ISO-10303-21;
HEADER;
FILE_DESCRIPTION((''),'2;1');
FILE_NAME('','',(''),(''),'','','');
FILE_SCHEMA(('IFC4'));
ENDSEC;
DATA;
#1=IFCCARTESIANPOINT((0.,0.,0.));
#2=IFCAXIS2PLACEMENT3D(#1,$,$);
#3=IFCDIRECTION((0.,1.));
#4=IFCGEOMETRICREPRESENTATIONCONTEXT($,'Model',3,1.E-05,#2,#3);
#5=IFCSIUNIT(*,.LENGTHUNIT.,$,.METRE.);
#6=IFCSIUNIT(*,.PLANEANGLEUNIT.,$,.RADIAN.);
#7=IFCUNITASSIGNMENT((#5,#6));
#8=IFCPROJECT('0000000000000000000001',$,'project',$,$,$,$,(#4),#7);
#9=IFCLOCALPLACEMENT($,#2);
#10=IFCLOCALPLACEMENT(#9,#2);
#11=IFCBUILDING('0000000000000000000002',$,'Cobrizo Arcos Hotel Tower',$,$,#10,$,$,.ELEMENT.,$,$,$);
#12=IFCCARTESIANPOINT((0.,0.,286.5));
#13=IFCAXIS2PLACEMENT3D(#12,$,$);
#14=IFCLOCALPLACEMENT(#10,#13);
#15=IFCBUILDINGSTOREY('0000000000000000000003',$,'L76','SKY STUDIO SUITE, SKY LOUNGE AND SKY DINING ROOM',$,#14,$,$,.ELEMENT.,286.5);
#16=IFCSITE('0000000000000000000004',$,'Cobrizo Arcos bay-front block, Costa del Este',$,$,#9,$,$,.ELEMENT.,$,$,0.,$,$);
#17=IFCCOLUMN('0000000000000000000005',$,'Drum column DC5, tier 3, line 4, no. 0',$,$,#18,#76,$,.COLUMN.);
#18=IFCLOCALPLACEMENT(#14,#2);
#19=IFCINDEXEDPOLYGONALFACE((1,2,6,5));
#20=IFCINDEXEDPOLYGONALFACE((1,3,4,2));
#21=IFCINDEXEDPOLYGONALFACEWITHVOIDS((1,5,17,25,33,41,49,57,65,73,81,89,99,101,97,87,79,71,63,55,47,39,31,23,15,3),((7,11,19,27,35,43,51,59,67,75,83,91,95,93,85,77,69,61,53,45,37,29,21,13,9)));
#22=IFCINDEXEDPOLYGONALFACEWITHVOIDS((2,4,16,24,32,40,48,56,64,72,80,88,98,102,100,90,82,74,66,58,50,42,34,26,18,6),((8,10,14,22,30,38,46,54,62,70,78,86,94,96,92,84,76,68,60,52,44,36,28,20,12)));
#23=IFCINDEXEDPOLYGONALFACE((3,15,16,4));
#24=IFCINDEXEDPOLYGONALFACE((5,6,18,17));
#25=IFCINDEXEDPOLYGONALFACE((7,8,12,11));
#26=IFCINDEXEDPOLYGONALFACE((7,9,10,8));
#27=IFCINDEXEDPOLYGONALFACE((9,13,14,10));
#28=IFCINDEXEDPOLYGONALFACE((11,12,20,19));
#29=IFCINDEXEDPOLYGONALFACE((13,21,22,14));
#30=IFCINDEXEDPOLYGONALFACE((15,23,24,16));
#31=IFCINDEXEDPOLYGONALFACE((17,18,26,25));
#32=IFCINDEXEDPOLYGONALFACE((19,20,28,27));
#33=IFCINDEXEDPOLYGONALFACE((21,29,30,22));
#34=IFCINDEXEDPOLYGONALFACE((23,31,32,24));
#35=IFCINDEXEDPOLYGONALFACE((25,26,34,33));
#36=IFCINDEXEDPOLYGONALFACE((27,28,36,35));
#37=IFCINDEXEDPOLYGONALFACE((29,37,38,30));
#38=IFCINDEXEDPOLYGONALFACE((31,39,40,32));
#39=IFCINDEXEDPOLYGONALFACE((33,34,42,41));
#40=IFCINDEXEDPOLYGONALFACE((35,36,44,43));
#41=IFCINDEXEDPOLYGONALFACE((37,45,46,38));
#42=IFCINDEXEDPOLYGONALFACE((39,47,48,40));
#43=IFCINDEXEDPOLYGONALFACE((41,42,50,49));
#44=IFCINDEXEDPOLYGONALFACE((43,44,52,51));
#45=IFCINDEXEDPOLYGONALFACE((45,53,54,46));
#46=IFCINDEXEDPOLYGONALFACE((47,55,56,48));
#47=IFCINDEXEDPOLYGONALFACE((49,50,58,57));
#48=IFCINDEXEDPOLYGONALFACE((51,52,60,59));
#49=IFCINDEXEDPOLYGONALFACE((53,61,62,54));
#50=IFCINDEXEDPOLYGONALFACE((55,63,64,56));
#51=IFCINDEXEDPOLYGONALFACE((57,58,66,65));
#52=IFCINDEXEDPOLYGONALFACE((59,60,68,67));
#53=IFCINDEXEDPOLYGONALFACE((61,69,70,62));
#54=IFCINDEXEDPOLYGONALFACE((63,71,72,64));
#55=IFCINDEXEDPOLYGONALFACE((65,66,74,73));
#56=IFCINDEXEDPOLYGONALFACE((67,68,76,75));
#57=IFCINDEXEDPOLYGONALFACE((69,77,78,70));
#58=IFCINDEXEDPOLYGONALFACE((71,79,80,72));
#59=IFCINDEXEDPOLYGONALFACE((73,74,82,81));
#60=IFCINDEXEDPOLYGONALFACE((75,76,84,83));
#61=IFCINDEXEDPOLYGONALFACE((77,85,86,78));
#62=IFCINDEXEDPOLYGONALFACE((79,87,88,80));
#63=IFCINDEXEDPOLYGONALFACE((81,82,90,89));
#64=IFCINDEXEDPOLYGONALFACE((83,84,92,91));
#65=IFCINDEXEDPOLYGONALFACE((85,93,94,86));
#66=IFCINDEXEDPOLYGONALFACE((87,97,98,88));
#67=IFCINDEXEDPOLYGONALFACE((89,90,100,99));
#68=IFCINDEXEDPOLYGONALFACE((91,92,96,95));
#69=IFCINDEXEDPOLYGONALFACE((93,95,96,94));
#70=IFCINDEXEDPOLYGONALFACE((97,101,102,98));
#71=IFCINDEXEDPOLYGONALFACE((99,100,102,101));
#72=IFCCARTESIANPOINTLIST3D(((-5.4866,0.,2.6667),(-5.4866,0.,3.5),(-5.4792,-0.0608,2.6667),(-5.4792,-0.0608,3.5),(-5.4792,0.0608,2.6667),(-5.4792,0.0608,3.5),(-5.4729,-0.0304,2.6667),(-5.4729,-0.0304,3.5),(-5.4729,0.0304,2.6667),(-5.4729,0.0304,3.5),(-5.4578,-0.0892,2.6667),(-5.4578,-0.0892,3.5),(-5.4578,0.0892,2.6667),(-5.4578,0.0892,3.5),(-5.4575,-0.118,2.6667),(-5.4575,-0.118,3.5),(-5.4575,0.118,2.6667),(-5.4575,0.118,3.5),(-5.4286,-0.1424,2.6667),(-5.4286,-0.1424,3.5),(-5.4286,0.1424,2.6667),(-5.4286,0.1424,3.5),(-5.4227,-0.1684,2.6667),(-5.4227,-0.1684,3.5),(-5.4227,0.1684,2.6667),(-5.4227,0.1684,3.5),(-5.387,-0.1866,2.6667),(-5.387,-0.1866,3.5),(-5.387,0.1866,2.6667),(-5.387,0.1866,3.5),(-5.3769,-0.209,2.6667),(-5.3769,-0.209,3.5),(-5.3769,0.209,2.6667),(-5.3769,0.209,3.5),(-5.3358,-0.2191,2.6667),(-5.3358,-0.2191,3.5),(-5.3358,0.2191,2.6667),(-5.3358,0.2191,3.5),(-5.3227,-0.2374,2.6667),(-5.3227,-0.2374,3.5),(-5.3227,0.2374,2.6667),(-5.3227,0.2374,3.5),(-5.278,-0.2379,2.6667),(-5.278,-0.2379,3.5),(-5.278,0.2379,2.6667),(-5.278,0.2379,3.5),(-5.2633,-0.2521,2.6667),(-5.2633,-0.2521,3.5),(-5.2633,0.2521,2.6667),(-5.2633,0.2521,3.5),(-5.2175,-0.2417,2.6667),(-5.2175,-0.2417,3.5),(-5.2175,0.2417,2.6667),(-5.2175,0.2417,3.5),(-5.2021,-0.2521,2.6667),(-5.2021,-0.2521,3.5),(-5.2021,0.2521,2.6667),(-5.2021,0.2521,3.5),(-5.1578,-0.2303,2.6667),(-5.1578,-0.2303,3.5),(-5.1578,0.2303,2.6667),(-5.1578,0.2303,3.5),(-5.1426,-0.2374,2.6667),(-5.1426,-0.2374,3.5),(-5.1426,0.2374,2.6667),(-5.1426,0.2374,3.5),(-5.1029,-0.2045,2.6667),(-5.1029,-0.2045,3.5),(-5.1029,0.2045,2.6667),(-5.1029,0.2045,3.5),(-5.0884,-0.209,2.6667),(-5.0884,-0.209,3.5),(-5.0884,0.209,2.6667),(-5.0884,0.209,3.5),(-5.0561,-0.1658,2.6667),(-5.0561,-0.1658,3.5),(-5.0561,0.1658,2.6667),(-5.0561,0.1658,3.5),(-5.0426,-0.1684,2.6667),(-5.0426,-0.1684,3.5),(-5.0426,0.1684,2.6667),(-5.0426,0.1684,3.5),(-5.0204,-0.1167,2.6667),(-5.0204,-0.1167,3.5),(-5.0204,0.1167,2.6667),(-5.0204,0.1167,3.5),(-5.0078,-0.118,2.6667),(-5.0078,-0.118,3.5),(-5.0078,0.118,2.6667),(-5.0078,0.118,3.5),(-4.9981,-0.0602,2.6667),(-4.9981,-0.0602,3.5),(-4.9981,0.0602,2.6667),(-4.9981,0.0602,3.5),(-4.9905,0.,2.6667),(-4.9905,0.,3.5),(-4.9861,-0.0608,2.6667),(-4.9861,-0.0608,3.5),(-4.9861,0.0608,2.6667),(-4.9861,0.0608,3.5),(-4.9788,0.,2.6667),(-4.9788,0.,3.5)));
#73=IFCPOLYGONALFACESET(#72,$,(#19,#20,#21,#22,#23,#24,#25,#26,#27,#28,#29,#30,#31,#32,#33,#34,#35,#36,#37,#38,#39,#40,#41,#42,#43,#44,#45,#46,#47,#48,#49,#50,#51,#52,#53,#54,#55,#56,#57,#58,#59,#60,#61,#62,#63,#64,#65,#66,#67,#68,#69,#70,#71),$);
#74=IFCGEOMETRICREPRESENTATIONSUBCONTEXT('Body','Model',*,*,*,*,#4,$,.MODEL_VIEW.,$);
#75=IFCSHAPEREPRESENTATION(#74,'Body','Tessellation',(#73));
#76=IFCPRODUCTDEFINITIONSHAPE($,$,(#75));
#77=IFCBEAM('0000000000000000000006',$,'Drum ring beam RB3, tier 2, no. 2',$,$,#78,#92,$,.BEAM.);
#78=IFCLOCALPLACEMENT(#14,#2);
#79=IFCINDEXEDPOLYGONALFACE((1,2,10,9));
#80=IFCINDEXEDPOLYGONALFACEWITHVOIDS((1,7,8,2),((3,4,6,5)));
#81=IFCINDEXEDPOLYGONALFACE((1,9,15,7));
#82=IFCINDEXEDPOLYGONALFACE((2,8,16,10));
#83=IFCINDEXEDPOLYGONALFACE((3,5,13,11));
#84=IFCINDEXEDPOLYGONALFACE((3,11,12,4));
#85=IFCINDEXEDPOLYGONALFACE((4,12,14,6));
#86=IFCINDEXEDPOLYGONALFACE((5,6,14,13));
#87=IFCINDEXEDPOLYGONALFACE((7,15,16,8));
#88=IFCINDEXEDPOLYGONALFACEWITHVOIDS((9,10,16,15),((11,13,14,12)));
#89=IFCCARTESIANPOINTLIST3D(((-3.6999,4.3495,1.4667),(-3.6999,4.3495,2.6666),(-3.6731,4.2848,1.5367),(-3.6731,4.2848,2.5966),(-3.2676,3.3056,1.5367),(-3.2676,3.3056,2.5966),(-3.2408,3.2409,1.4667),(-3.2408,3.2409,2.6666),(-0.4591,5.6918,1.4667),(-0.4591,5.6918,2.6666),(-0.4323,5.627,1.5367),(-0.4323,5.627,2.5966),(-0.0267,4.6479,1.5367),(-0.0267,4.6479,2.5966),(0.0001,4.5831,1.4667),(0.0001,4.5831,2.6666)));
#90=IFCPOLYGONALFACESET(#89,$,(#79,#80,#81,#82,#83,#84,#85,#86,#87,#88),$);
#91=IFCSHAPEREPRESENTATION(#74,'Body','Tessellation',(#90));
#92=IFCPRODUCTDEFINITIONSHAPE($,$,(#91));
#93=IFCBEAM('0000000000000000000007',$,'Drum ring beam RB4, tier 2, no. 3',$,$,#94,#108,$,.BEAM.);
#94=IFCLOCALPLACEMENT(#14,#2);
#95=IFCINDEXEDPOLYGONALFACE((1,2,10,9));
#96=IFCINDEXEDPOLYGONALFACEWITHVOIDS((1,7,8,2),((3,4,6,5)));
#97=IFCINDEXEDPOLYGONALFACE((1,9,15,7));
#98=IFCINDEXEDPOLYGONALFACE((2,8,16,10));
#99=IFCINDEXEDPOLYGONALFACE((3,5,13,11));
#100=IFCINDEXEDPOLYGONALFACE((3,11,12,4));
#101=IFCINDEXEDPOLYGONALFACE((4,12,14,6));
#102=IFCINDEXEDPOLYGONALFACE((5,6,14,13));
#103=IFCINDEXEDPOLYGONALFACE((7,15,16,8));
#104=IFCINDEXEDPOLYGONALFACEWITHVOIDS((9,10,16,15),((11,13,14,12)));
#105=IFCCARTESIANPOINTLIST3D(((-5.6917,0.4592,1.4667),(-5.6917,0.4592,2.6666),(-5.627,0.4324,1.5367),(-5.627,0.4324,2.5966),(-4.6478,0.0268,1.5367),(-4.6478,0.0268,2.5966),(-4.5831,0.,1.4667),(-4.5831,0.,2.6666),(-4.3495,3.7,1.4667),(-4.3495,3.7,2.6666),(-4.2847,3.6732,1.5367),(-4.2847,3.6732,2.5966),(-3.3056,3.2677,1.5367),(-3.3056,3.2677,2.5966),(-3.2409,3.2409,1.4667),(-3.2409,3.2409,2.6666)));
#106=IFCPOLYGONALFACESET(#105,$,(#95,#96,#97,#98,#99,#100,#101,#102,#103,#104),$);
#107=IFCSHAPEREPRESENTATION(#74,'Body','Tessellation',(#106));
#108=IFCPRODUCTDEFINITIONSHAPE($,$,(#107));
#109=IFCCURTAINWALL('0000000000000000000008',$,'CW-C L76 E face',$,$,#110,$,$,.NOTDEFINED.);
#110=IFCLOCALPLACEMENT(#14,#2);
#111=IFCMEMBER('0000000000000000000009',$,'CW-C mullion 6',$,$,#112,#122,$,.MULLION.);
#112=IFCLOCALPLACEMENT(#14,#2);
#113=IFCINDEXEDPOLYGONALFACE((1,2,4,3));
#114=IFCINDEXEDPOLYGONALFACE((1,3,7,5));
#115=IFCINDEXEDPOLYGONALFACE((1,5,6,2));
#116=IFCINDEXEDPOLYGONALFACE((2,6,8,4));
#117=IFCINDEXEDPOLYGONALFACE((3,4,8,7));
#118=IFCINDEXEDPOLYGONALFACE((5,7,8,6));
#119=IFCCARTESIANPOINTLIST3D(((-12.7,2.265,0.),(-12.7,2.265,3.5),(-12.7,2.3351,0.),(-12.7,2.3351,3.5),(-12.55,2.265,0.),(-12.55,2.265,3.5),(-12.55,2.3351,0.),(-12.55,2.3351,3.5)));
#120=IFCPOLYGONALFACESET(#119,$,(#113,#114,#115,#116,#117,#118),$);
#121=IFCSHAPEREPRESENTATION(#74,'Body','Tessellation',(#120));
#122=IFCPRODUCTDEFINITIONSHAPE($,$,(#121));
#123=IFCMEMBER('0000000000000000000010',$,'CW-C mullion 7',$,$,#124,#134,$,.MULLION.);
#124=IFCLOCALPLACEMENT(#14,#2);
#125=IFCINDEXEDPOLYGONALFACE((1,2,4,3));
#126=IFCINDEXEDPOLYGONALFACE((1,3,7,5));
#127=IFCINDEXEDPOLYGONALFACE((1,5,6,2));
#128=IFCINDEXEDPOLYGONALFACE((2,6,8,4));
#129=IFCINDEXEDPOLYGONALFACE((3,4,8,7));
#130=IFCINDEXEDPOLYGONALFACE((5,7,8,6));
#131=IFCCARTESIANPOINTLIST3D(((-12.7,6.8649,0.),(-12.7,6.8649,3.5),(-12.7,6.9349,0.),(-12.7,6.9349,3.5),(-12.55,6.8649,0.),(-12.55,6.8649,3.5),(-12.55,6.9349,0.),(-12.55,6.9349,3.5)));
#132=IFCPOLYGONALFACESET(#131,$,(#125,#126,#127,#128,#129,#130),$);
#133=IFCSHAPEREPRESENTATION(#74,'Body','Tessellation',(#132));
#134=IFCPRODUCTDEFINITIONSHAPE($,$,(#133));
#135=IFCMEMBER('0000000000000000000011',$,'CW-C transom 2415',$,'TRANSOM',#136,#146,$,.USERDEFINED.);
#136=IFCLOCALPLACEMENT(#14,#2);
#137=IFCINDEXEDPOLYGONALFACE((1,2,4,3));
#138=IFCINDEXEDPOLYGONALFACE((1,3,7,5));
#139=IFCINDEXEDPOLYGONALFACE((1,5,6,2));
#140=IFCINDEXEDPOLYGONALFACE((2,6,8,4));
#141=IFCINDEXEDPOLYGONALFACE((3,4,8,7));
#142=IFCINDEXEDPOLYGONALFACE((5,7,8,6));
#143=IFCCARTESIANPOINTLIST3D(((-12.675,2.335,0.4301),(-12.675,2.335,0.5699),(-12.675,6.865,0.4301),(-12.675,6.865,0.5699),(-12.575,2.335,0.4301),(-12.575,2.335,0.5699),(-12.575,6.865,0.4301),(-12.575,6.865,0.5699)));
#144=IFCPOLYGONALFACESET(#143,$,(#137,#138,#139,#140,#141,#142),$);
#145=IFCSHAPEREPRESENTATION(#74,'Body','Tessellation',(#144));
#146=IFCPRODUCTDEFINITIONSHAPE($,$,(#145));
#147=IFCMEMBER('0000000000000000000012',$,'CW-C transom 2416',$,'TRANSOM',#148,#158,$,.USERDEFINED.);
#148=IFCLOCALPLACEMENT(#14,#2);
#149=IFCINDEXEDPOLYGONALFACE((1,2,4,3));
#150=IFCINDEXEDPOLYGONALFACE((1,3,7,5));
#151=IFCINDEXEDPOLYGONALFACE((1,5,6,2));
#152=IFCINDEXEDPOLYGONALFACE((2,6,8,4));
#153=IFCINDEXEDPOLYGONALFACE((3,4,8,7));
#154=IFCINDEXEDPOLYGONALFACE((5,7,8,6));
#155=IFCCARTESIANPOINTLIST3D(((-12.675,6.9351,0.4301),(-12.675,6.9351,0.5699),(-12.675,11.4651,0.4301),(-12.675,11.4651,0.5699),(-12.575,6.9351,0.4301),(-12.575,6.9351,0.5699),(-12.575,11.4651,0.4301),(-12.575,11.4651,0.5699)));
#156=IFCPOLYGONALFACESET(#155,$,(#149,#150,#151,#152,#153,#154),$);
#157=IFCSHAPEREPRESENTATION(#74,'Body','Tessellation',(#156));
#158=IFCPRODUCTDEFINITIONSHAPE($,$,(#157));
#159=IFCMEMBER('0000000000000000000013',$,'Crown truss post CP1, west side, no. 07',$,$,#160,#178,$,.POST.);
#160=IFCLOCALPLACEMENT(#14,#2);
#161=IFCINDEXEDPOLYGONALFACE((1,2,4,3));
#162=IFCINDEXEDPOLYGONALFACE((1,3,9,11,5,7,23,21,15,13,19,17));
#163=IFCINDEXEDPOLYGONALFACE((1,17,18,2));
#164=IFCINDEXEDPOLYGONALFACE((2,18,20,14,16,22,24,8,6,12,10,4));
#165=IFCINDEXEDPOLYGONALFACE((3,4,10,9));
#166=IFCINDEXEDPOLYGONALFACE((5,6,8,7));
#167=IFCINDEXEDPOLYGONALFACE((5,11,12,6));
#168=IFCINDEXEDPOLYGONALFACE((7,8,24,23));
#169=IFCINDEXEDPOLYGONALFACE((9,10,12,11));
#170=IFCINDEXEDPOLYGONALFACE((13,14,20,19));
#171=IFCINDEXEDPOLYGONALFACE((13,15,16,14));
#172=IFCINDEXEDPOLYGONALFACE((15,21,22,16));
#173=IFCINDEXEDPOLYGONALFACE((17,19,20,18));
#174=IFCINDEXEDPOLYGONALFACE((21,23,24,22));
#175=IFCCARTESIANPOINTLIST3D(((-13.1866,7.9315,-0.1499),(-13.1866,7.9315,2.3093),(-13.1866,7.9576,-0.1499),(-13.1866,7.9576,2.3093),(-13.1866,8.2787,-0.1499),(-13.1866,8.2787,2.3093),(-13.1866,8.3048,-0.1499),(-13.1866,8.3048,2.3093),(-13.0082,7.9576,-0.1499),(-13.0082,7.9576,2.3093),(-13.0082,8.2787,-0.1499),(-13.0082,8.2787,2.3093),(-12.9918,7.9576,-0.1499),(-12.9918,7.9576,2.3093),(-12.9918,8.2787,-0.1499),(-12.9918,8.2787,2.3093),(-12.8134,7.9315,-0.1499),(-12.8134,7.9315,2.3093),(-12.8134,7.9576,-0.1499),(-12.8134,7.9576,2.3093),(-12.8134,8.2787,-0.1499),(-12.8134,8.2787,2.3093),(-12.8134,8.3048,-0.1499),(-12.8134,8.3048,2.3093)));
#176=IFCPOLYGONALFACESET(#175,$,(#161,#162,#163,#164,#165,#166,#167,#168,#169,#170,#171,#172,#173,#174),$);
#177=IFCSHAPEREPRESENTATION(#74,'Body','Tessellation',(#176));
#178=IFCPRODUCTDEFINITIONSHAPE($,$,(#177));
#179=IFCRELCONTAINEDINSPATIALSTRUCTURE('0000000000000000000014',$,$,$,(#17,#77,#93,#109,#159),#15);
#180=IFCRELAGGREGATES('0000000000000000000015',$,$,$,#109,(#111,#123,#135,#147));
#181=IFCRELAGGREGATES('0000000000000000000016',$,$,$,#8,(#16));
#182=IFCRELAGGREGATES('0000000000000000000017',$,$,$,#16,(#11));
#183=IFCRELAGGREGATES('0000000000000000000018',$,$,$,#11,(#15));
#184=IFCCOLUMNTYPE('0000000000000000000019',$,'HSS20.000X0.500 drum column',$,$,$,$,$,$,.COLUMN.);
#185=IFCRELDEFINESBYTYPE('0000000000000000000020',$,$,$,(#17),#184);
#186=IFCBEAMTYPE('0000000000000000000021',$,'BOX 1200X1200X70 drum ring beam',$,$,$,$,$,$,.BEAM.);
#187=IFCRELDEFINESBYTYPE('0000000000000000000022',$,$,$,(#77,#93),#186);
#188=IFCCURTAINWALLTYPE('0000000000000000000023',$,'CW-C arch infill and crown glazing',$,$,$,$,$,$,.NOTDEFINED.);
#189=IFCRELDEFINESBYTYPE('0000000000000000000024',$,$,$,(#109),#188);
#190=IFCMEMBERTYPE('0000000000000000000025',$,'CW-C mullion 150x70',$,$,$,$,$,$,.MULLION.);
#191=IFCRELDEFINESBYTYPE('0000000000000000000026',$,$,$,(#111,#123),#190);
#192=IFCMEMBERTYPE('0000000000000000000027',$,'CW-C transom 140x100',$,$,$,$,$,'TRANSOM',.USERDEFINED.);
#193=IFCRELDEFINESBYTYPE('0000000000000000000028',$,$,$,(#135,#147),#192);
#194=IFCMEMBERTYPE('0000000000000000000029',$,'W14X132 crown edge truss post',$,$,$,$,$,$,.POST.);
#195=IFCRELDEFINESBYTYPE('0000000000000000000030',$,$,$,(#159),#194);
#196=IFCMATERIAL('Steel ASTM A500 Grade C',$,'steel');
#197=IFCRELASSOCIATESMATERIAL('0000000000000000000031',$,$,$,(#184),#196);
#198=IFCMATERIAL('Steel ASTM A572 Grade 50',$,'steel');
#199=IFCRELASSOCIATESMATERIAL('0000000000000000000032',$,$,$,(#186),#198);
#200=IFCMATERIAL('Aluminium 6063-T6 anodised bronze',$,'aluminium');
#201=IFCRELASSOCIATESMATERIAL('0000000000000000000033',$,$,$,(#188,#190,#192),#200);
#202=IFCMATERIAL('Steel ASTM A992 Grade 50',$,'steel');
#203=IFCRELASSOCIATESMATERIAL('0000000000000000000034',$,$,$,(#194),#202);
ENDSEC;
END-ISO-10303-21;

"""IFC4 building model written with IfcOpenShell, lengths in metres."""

from ifc_helpers import new_model, si_unit, direction, frame, origin, origin_2d, place, context, subcontext, project, spatial, rectangle, hollow_rectangle, hollow_circle, i_section, extrude, material, material_profile, profile_set, type_object, element, aggregate, save


model = new_model("IFC4")

# Units and contexts
model_context = context("Model", 3, precision=1e-05, world=origin(), true_north=direction((0.0, 1.0)))
body_context = subcontext(model_context, "Body", "Model", "MODEL_VIEW")
ifc_project = project(units=[si_unit("LENGTHUNIT", "METRE"), si_unit("PLANEANGLEUNIT", "RADIAN")], contexts=[model_context])

# Site, building, storey
site_placement = place(None, origin())
site = spatial("IfcSite", under=ifc_project, at=site_placement, Name="Cobrizo Arcos bay-front block, Costa del Este", CompositionType="ELEMENT", RefElevation=0.0)
building_placement = place(site_placement, origin())
building = spatial("IfcBuilding", under=site, at=building_placement, Name="Cobrizo Arcos Hotel Tower", CompositionType="ELEMENT")
storey_placement = place(building_placement, frame((0.0, 0.0, 286.5)))
storey = spatial("IfcBuildingStorey", under=building, at=storey_placement, Name="L76", Description="SKY STUDIO SUITE, SKY LOUNGE AND SKY DINING ROOM", CompositionType="ELEMENT", Elevation=286.5)

# Column
ifc_material_1 = material(Name="Steel ASTM A500 Grade C", Category="steel")
ifc_material_profile_1 = material_profile(ifc_material_1, hollow_circle(Radius=0.2539, WallThickness=0.0117, at=origin_2d()), Name="HSS20.000X0.500")
ifc_profile_set_1 = profile_set([ifc_material_profile_1], Name="Steel ASTM A500 Grade C")
column_type = type_object("IfcColumnType", Name="HSS20.000X0.500 drum column", PredefinedType="COLUMN", material=ifc_profile_set_1)
for number, where, z_axis, x_axis, name in (
    (1, (-5.2327, 0.0, 2.6667), (0.0, 0.0, 1.0), (1.0, 0.0, 0.0), "Drum column DC5, tier 3, line 4, no. 0"),
):
    element("IfcColumn", number, at=place(storey_placement, frame(where, z_axis=z_axis, x_axis=x_axis)), inside=storey, type_object=column_type, Name=name, PredefinedType="COLUMN", context=body_context, shape_type="SweptSolid", body=[
        extrude(hollow_circle(Radius=0.2539, WallThickness=0.0117, at=origin_2d()), origin(), (0.0, 0.0, 1.0), 0.8333),
    ])

# Beams
ifc_material_2 = material(Name="Steel ASTM A572 Grade 50", Category="steel")
ifc_material_profile_2 = material_profile(ifc_material_2, hollow_rectangle(XDim=1.2, YDim=1.2, WallThickness=0.0701, at=origin_2d()), Name="BOX 1200X1200X70")
ifc_profile_set_2 = profile_set([ifc_material_profile_2], Name="Steel ASTM A572 Grade 50")
beam_type = type_object("IfcBeamType", Name="BOX 1200X1200X70 drum ring beam", PredefinedType="BEAM", material=ifc_profile_set_2)
for number, where, z_axis, x_axis, name in (
    (2, (-0.2295, 5.1375, 2.0667), (-0.923896, -0.382643, 0.0), (0.382643, -0.923896, 0.0), "Drum ring beam RB3, tier 2, no. 2"),
    (3, (-3.7952, 3.4705, 2.0667), (-0.382643, -0.923896, 0.0), (0.923896, -0.382643, 0.0), "Drum ring beam RB4, tier 2, no. 3"),
):
    element("IfcBeam", number, at=place(storey_placement, frame(where, z_axis=z_axis, x_axis=x_axis)), inside=storey, type_object=beam_type, Name=name, PredefinedType="BEAM", context=body_context, shape_type="SweptSolid", body=[
        extrude(hollow_rectangle(XDim=1.2, YDim=1.2, WallThickness=0.0701, at=origin_2d()), origin(), (0.0, 0.0, 1.0), 3.5078),
    ])

# Curtain wall, members
ifc_material_3 = material(Name="Aluminium 6063-T6 anodised bronze", Category="aluminium")
curtain_wall_type = type_object("IfcCurtainWallType", Name="CW-C arch infill and crown glazing", PredefinedType="NOTDEFINED", material=ifc_material_3)
curtain_wall_placement = place(storey_placement, origin())
curtain_wall = element("IfcCurtainWall", 4, at=curtain_wall_placement, inside=storey, type_object=curtain_wall_type, Name="CW-C L76 E face", PredefinedType="NOTDEFINED")
ifc_material_profile_3 = material_profile(ifc_material_3, rectangle(XDim=0.1499, YDim=0.0701, at=origin_2d()), Name="CW-C mullion 150x70")
ifc_profile_set_3 = profile_set([ifc_material_profile_3], Name="Aluminium 6063-T6 anodised bronze")
member_type_1 = type_object("IfcMemberType", Name="CW-C mullion 150x70", PredefinedType="MULLION", material=ifc_profile_set_3)
member_1_placement = place(storey_placement, frame((-12.625, 2.3, 0.0), z_axis=(0.0, 0.0, 1.0), x_axis=(1.0, 0.0, 0.0)))
member_1 = element("IfcMember", 5, at=member_1_placement, type_object=member_type_1, Name="CW-C mullion 6", PredefinedType="MULLION", context=body_context, shape_type="SweptSolid", body=[
    extrude(rectangle(XDim=0.1499, YDim=0.0701, at=origin_2d()), origin(), (0.0, 0.0, 1.0), 3.5),
])
member_2_placement = place(storey_placement, frame((-12.625, 6.8999, 0.0), z_axis=(0.0, 0.0, 1.0), x_axis=(1.0, 0.0, 0.0)))
member_2 = element("IfcMember", 6, at=member_2_placement, type_object=member_type_1, Name="CW-C mullion 7", PredefinedType="MULLION", context=body_context, shape_type="SweptSolid", body=[
    extrude(rectangle(XDim=0.1499, YDim=0.0701, at=origin_2d()), origin(), (0.0, 0.0, 1.0), 3.5),
])
ifc_material_profile_4 = material_profile(ifc_material_3, rectangle(XDim=0.1001, YDim=0.1399, at=origin_2d()), Name="CW-C transom 140x100")
ifc_profile_set_4 = profile_set([ifc_material_profile_4], Name="Aluminium 6063-T6 anodised bronze")
member_type_2 = type_object("IfcMemberType", Name="CW-C transom 140x100", ElementType="TRANSOM", PredefinedType="USERDEFINED", material=ifc_profile_set_4)
member_3_placement = place(storey_placement, frame((-12.625, 2.335, 0.5), z_axis=(0.0, 1.0, 0.0), x_axis=(-1.0, 0.0, 0.0)))
member_3 = element("IfcMember", 7, at=member_3_placement, type_object=member_type_2, Name="CW-C transom 2415", ObjectType="TRANSOM", PredefinedType="USERDEFINED", context=body_context, shape_type="SweptSolid", body=[
    extrude(rectangle(XDim=0.1001, YDim=0.1399, at=origin_2d()), origin(), (0.0, 0.0, 1.0), 4.53),
])
member_4_placement = place(storey_placement, frame((-12.625, 6.9351, 0.5), z_axis=(0.0, 1.0, 0.0), x_axis=(-1.0, 0.0, 0.0)))
member_4 = element("IfcMember", 8, at=member_4_placement, type_object=member_type_2, Name="CW-C transom 2416", ObjectType="TRANSOM", PredefinedType="USERDEFINED", context=body_context, shape_type="SweptSolid", body=[
    extrude(rectangle(XDim=0.1001, YDim=0.1399, at=origin_2d()), origin(), (0.0, 0.0, 1.0), 4.53),
])

# Member
ifc_material_4 = material(Name="Steel ASTM A992 Grade 50", Category="steel")
ifc_material_profile_5 = material_profile(ifc_material_4, i_section(OverallWidth=0.3733, OverallDepth=0.3733, WebThickness=0.0164, FlangeThickness=0.0261, at=origin_2d()), Name="W14X132")
ifc_profile_set_5 = profile_set([ifc_material_profile_5], Name="Steel ASTM A992 Grade 50")
member_type_3 = type_object("IfcMemberType", Name="W14X132 crown edge truss post", PredefinedType="POST", material=ifc_profile_set_5)
member_5_placement = place(storey_placement, frame((-13.0, 8.1182, -0.1499), z_axis=(0.0, 0.0, 1.0), x_axis=(1.0, 0.0, 0.0)))
element("IfcMember", 9, at=member_5_placement, inside=storey, type_object=member_type_3, Name="Crown truss post CP1, west side, no. 07", PredefinedType="POST", context=body_context, shape_type="SweptSolid", body=[
    extrude(i_section(OverallWidth=0.3733, OverallDepth=0.3733, WebThickness=0.0164, FlangeThickness=0.0261, at=origin_2d()), origin(), (0.0, 0.0, 1.0), 2.4592),
])

aggregate(curtain_wall, [member_1, member_2, member_3, member_4])

save(model, "model.ifc")
